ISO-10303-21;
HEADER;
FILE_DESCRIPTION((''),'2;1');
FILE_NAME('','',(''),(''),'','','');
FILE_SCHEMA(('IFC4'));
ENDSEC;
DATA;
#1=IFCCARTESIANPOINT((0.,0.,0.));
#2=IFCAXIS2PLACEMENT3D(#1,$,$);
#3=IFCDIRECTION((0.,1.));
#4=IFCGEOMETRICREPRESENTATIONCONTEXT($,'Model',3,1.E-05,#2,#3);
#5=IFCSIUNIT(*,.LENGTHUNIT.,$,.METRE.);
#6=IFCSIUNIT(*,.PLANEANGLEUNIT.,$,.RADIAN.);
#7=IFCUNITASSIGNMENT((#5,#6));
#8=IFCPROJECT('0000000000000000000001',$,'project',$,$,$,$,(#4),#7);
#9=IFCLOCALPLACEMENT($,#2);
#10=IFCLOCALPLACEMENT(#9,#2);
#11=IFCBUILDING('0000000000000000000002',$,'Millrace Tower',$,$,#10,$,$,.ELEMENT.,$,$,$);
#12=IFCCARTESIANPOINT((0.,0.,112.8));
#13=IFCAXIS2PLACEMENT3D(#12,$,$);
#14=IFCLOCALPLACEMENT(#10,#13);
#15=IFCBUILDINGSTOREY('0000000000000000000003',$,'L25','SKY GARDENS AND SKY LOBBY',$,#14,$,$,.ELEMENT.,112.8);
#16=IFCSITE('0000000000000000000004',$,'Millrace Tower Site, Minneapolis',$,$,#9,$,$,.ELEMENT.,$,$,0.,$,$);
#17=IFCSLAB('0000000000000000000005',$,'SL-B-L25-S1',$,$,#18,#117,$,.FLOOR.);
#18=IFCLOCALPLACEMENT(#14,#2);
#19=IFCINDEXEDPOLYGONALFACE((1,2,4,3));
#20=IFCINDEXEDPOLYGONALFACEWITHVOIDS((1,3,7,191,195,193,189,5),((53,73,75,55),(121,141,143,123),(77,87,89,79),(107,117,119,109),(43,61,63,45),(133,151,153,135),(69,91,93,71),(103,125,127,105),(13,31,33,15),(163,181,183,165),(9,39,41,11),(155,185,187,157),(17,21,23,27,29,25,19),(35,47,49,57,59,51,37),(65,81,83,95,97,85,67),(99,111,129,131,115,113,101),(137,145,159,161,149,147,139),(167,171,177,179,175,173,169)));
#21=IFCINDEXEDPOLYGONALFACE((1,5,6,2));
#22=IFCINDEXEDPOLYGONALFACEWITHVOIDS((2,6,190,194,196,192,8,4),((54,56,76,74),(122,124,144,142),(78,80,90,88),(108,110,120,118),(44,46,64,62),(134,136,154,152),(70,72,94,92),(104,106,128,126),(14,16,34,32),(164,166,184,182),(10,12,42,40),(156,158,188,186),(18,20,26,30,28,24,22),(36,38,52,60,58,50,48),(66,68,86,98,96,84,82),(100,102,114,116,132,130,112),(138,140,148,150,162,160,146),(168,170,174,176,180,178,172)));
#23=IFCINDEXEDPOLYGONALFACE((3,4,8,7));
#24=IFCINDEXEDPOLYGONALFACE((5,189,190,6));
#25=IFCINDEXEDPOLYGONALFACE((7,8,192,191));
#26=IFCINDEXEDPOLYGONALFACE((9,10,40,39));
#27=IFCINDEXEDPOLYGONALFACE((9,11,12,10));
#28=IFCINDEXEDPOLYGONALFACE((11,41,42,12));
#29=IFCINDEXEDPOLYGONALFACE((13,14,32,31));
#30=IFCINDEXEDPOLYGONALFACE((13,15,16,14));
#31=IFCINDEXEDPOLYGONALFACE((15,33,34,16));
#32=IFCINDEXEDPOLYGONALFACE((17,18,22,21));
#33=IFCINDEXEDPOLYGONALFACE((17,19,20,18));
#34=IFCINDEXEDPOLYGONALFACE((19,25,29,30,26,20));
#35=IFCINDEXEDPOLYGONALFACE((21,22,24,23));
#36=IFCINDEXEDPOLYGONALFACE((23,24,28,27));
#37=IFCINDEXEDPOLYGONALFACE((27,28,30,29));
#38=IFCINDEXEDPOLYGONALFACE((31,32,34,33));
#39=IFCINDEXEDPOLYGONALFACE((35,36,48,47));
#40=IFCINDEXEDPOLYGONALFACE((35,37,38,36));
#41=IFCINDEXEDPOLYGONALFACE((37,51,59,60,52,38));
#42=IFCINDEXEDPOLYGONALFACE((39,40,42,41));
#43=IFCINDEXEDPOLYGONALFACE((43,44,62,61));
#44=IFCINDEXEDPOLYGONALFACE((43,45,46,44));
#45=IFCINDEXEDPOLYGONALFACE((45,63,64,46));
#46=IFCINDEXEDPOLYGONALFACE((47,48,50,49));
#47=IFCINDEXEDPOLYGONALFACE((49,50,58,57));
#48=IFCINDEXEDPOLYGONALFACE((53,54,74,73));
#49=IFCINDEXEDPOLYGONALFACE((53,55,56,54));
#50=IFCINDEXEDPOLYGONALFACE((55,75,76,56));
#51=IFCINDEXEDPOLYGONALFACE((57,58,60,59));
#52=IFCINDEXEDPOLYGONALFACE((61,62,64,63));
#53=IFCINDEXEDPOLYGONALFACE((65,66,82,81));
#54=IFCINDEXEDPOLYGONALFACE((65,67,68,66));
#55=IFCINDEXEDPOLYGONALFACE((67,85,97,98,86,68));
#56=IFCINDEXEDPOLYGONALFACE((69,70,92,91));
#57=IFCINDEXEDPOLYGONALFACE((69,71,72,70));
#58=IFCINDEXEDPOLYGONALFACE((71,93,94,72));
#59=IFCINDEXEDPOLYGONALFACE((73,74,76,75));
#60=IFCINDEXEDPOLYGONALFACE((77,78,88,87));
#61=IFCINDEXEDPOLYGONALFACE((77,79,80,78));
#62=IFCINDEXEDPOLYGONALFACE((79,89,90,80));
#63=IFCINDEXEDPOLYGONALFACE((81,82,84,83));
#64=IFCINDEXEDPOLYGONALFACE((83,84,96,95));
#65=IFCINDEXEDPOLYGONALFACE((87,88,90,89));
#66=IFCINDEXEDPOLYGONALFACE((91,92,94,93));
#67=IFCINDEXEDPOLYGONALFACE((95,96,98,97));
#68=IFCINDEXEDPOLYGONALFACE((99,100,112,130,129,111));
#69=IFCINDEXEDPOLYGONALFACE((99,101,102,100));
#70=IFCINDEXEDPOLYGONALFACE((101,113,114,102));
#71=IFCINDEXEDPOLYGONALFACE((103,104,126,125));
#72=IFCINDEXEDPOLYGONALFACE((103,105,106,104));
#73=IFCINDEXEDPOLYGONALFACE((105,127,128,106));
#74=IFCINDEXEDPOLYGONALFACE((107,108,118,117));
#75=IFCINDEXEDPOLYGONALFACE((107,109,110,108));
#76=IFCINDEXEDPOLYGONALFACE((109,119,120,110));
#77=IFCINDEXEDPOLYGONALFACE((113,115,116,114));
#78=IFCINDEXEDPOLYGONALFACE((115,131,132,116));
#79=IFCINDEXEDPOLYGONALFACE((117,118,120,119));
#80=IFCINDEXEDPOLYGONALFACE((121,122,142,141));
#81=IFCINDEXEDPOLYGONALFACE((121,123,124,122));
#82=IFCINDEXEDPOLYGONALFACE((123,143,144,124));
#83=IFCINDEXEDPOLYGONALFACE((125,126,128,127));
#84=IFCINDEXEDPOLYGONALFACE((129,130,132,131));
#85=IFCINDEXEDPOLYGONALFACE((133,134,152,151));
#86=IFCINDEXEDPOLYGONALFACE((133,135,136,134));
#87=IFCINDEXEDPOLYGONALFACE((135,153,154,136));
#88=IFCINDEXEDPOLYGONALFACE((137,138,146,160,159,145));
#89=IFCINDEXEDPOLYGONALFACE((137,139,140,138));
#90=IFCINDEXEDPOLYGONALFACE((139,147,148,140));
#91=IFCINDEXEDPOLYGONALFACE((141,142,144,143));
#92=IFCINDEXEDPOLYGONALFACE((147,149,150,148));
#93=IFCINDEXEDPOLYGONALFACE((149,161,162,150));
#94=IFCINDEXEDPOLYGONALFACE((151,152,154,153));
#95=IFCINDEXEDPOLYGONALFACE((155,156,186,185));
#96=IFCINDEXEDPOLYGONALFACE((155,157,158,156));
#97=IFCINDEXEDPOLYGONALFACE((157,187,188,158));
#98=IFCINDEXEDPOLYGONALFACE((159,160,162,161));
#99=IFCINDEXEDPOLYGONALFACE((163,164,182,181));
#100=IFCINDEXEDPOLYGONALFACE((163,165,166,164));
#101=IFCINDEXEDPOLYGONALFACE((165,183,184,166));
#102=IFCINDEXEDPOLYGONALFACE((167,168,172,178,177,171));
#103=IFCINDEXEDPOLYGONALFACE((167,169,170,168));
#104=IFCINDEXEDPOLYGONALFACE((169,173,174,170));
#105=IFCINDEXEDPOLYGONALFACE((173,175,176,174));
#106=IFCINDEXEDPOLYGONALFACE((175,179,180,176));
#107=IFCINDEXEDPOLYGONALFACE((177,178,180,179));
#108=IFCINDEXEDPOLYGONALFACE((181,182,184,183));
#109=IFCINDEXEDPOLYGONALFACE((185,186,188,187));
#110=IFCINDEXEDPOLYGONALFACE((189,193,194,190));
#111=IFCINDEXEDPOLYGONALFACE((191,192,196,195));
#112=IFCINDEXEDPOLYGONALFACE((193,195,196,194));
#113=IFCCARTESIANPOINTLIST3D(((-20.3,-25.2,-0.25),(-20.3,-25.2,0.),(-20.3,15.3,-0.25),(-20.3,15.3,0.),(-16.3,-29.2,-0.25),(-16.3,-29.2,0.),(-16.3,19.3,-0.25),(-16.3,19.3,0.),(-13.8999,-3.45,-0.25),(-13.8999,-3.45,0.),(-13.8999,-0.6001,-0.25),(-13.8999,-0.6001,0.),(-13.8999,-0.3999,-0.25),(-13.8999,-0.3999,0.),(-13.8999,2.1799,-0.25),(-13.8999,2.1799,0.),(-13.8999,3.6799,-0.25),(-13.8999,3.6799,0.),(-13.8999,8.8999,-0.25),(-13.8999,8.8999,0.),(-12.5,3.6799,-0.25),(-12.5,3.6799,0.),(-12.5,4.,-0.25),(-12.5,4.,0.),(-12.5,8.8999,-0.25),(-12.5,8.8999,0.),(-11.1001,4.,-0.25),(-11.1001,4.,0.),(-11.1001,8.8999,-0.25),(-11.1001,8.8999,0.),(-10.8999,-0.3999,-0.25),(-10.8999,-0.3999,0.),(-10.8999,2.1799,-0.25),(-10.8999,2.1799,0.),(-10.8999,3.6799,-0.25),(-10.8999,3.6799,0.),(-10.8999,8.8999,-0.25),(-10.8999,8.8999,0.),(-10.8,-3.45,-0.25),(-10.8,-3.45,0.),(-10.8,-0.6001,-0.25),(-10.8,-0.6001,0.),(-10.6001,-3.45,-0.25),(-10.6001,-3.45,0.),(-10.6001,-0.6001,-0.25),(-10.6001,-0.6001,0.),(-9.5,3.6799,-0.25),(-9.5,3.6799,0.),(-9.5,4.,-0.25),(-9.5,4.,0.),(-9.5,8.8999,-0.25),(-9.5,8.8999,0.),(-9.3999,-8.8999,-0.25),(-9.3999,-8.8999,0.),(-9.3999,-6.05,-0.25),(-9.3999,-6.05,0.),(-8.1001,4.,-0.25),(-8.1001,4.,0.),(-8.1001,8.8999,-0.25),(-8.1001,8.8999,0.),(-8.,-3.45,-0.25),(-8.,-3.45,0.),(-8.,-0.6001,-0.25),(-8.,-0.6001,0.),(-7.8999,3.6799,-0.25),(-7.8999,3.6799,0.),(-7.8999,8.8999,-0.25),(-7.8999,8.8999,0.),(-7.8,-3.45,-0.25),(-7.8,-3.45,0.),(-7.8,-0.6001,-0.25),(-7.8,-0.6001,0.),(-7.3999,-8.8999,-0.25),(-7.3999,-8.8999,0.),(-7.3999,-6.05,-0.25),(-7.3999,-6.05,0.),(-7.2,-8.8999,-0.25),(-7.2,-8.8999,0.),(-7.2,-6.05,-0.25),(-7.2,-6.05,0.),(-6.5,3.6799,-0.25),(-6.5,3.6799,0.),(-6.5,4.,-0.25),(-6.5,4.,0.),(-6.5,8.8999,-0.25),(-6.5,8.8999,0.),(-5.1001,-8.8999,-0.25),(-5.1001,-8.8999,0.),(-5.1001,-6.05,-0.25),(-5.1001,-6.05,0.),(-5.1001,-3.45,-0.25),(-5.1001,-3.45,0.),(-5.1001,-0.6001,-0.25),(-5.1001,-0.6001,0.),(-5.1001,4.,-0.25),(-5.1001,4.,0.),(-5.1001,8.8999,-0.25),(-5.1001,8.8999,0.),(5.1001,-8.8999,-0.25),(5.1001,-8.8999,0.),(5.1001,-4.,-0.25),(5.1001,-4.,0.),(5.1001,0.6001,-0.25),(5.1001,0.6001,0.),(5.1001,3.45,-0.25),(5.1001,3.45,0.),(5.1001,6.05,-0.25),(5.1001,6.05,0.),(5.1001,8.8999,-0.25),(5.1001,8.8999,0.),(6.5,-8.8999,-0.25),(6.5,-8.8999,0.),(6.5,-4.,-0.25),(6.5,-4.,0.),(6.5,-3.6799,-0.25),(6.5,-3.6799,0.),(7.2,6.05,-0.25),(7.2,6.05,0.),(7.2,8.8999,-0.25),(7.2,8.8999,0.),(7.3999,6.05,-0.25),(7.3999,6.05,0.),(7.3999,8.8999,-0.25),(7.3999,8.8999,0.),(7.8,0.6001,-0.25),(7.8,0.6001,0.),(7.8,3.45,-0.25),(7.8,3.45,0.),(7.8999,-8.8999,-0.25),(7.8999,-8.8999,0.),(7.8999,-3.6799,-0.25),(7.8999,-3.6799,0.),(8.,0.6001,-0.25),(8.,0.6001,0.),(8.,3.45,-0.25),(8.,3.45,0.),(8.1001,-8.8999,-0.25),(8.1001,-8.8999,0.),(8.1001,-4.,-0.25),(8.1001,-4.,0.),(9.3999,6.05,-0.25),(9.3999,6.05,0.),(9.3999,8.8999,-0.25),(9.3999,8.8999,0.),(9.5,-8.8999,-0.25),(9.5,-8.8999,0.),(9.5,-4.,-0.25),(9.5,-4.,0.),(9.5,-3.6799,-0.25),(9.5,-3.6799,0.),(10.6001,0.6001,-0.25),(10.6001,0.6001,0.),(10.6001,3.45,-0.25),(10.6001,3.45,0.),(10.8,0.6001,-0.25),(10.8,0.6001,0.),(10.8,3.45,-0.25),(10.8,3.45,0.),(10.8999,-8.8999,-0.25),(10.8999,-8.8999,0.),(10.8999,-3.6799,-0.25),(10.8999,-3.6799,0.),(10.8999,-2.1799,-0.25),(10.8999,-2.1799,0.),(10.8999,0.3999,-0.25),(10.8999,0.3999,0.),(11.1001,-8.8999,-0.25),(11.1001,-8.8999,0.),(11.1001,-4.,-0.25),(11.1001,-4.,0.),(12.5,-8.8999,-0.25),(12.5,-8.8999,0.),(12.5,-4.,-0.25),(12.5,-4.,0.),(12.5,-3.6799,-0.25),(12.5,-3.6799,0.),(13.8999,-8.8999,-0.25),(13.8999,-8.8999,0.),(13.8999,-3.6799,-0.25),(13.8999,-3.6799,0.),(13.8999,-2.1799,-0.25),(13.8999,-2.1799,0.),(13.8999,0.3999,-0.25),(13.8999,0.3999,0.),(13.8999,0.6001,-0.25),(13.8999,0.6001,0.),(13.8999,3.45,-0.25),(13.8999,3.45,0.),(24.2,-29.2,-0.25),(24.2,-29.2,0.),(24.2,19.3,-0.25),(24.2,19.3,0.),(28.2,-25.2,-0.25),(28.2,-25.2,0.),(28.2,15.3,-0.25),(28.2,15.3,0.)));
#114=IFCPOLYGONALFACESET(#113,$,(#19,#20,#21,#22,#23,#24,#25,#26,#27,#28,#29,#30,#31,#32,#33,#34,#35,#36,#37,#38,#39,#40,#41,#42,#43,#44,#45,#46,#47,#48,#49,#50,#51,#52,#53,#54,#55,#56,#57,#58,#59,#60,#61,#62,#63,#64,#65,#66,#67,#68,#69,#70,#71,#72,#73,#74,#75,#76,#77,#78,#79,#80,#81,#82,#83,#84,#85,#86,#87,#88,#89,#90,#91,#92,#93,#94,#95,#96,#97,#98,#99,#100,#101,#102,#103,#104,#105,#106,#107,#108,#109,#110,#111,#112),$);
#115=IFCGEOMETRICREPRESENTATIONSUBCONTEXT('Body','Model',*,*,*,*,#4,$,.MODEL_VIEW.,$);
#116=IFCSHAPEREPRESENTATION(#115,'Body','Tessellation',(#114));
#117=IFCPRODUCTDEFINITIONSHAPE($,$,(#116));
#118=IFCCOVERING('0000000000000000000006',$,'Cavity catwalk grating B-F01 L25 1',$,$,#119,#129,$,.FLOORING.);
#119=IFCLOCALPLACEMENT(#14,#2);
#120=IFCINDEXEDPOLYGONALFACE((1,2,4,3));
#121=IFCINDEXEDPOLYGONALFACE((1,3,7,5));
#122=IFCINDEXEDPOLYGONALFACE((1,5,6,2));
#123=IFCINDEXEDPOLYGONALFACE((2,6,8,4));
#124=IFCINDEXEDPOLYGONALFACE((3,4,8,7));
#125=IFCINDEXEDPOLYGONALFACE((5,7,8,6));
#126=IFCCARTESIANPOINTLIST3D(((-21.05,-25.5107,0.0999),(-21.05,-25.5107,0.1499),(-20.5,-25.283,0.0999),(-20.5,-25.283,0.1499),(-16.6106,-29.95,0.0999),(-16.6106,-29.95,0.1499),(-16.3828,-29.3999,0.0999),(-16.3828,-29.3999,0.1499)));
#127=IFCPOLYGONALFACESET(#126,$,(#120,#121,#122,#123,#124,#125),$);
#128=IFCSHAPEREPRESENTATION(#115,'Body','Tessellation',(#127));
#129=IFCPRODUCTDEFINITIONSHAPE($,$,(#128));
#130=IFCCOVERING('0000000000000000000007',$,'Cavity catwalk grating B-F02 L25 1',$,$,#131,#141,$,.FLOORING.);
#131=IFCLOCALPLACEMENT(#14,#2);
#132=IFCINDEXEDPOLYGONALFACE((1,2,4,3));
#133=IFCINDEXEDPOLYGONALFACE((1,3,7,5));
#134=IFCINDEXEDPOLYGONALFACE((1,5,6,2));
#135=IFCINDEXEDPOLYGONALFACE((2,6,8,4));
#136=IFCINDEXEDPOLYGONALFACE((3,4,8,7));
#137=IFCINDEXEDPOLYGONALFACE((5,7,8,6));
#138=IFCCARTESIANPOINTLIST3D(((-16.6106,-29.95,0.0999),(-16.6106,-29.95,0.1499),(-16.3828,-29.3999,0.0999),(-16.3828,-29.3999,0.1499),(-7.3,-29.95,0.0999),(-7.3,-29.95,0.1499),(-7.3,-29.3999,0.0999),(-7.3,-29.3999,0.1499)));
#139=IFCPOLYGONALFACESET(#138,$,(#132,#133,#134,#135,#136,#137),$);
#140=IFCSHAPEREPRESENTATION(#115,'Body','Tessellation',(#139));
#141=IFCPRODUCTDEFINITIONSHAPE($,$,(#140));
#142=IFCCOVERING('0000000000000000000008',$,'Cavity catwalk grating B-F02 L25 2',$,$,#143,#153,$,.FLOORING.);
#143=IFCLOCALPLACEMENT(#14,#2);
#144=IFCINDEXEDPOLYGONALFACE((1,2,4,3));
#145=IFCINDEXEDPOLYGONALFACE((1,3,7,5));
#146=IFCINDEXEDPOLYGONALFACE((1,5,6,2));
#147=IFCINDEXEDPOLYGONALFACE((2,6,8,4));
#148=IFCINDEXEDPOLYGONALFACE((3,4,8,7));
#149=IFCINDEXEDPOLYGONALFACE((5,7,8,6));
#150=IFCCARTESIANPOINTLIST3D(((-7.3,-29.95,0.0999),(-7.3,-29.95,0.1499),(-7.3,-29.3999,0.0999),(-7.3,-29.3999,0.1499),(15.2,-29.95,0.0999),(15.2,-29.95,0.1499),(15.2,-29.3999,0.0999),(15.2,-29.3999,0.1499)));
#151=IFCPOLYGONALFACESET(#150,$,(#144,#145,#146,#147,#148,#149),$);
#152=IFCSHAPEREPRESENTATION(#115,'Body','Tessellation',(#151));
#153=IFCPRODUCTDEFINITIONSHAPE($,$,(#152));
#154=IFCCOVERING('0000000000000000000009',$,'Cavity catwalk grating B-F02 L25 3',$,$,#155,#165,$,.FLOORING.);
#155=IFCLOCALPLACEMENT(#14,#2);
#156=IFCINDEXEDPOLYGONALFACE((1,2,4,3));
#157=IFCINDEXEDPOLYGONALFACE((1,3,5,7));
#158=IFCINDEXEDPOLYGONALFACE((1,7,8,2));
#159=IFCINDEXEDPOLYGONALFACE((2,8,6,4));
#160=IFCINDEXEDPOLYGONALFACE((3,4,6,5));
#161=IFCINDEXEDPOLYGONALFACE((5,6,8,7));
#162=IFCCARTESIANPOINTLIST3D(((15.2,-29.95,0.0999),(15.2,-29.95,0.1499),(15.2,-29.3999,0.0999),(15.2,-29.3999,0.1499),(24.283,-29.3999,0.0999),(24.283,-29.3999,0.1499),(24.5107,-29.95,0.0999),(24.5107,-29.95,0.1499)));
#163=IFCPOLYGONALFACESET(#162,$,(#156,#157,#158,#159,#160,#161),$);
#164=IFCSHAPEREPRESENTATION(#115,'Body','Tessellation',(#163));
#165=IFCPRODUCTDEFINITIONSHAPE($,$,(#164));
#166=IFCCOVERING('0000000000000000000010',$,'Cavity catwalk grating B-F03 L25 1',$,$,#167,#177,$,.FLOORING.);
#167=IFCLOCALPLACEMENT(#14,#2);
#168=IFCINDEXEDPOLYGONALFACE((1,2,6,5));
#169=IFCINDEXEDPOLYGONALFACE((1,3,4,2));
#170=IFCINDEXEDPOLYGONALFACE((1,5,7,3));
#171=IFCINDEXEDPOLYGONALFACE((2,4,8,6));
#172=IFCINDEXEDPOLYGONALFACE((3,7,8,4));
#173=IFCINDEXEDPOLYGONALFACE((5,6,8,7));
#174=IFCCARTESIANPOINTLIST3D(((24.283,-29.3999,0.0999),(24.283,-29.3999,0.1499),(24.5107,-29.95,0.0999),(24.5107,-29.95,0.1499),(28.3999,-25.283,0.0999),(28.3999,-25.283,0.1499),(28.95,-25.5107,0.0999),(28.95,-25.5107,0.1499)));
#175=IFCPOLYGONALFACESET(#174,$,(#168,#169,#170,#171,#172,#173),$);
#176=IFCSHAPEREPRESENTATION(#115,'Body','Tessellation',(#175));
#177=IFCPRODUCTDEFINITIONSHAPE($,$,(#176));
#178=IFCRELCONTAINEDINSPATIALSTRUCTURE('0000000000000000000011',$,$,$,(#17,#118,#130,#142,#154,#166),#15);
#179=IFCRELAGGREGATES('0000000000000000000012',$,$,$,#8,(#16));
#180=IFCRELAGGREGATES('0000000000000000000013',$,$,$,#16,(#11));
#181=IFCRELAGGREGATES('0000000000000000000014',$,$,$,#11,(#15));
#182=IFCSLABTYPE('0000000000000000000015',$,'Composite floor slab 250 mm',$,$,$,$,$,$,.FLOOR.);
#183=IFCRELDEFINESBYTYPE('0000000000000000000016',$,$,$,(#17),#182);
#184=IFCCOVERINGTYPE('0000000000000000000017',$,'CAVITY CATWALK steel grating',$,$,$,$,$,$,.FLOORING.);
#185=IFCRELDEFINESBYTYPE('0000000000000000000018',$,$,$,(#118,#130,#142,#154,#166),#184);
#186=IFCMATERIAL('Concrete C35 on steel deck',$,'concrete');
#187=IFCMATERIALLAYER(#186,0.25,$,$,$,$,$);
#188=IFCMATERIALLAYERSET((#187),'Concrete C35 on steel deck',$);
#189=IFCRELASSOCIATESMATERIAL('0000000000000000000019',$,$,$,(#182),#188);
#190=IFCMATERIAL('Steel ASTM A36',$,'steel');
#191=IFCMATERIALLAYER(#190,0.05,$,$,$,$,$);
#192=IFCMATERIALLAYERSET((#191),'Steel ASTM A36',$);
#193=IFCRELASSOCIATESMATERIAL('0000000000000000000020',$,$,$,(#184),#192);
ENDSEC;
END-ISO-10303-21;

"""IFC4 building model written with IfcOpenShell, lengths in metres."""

from ifc_helpers import new_model, si_unit, direction, frame, origin, place, context, subcontext, project, spatial, polyline, outline, extrude, material, layer, layer_set, type_object, element, save


model = new_model("IFC4")

# Units and contexts
model_context = context("Model", 3, precision=1e-05, world=origin(), true_north=direction((0.0, 1.0)))
body_context = subcontext(model_context, "Body", "Model", "MODEL_VIEW")
ifc_project = project(units=[si_unit("LENGTHUNIT", "METRE"), si_unit("PLANEANGLEUNIT", "RADIAN")], contexts=[model_context])

# Site, building, storey
site_placement = place(None, origin())
site = spatial("IfcSite", under=ifc_project, at=site_placement, Name="Millrace Tower Site, Minneapolis", CompositionType="ELEMENT", RefElevation=0.0)
building_placement = place(site_placement, origin())
building = spatial("IfcBuilding", under=site, at=building_placement, Name="Millrace Tower", CompositionType="ELEMENT")
storey_placement = place(building_placement, frame((0.0, 0.0, 112.8)))
storey = spatial("IfcBuildingStorey", under=building, at=storey_placement, Name="L25", Description="SKY GARDENS AND SKY LOBBY", CompositionType="ELEMENT", Elevation=112.8)

# Slab
ifc_material_1 = material(Name="Concrete C35 on steel deck", Category="concrete")
ifc_layer_1 = layer(ifc_material_1, 0.25)
ifc_layer_set_1 = layer_set([ifc_layer_1], Name="Concrete C35 on steel deck")
slab_type = type_object("IfcSlabType", Name="Composite floor slab 250 mm", PredefinedType="FLOOR", material=ifc_layer_set_1)
slab_placement = place(storey_placement, frame((0.0, 0.0, -0.25)))
element("IfcSlab", 1, at=slab_placement, inside=storey, type_object=slab_type, Name="SL-B-L25-S1", PredefinedType="FLOOR", context=body_context, shape_type="SweptSolid", body=[
    extrude(outline(polyline([(-20.3, -25.2), (-16.3, -29.2), (24.2, -29.2), (28.2, -25.2), (28.2, 15.3), (24.2, 19.3), (-16.3, 19.3), (-20.3, 15.3), (-20.3, -25.2)]), holes=[polyline([(-9.3999, -8.8999), (-7.3999, -8.8999), (-7.3999, -6.05), (-9.3999, -6.05), (-9.3999, -8.8999)]), polyline([(-7.2, -8.8999), (-5.1001, -8.8999), (-5.1001, -6.05), (-7.2, -6.05), (-7.2, -8.8999)]), polyline([(-13.8999, -3.45), (-10.8, -3.45), (-10.8, -0.6001), (-13.8999, -0.6001), (-13.8999, -3.45)]), polyline([(-10.6001, -3.45), (-8.0, -3.45), (-8.0, -0.6001), (-10.6001, -0.6001), (-10.6001, -3.45)]), polyline([(-7.8, -3.45), (-5.1001, -3.45), (-5.1001, -0.6001), (-7.8, -0.6001), (-7.8, -3.45)]), polyline([(-13.8999, -0.3999), (-10.8999, -0.3999), (-10.8999, 2.1799), (-13.8999, 2.1799), (-13.8999, -0.3999)]), polyline([(-12.5, 3.6799), (-12.5, 4.0), (-11.1001, 4.0), (-11.1001, 8.8999), (-12.5, 8.8999), (-13.8999, 8.8999), (-13.8999, 3.6799), (-12.5, 3.6799)]), polyline([(-9.5, 3.6799), (-9.5, 4.0), (-8.1001, 4.0), (-8.1001, 8.8999), (-9.5, 8.8999), (-10.8999, 8.8999), (-10.8999, 3.6799), (-9.5, 3.6799)]), polyline([(-6.5, 3.6799), (-6.5, 4.0), (-5.1001, 4.0), (-5.1001, 8.8999), (-6.5, 8.8999), (-7.8999, 8.8999), (-7.8999, 3.6799), (-6.5, 3.6799)]), polyline([(7.3999, 6.05), (9.3999, 6.05), (9.3999, 8.8999), (7.3999, 8.8999), (7.3999, 6.05)]), polyline([(5.1001, 6.05), (7.2, 6.05), (7.2, 8.8999), (5.1001, 8.8999), (5.1001, 6.05)]), polyline([(10.8, 0.6001), (13.8999, 0.6001), (13.8999, 3.45), (10.8, 3.45), (10.8, 0.6001)]), polyline([(8.0, 0.6001), (10.6001, 0.6001), (10.6001, 3.45), (8.0, 3.45), (8.0, 0.6001)]), polyline([(5.1001, 0.6001), (7.8, 0.6001), (7.8, 3.45), (5.1001, 3.45), (5.1001, 0.6001)]), polyline([(10.8999, -2.1799), (13.8999, -2.1799), (13.8999, 0.3999), (10.8999, 0.3999), (10.8999, -2.1799)]), polyline([(11.1001, -8.8999), (12.5, -8.8999), (13.8999, -8.8999), (13.8999, -3.6799), (12.5, -3.6799), (12.5, -4.0), (11.1001, -4.0), (11.1001, -8.8999)]), polyline([(8.1001, -8.8999), (9.5, -8.8999), (10.8999, -8.8999), (10.8999, -3.6799), (9.5, -3.6799), (9.5, -4.0), (8.1001, -4.0), (8.1001, -8.8999)]), polyline([(5.1001, -8.8999), (6.5, -8.8999), (7.8999, -8.8999), (7.8999, -3.6799), (6.5, -3.6799), (6.5, -4.0), (5.1001, -4.0), (5.1001, -8.8999)])]), origin(), (0.0, 0.0, 1.0), 0.25),
])

# Coverings
ifc_material_2 = material(Name="Steel ASTM A36", Category="steel")
ifc_layer_2 = layer(ifc_material_2, 0.05)
ifc_layer_set_2 = layer_set([ifc_layer_2], Name="Steel ASTM A36")
covering_type = type_object("IfcCoveringType", Name="CAVITY CATWALK steel grating", PredefinedType="FLOORING", material=ifc_layer_set_2)
placement_1 = place(storey_placement, frame((0.0, 0.0, 0.0999)))
element("IfcCovering", 2, at=placement_1, inside=storey, type_object=covering_type, Name="Cavity catwalk grating B-F01 L25 1", PredefinedType="FLOORING", context=body_context, shape_type="SweptSolid", body=[
    extrude(outline(polyline([(-21.05, -25.5107), (-16.6106, -29.95), (-16.3828, -29.3999), (-20.5, -25.283), (-21.05, -25.5107)])), origin(), (0.0, 0.0, 1.0), 0.05),
])
element("IfcCovering", 3, at=placement_1, inside=storey, type_object=covering_type, Name="Cavity catwalk grating B-F02 L25 1", PredefinedType="FLOORING", context=body_context, shape_type="SweptSolid", body=[
    extrude(outline(polyline([(-16.6106, -29.95), (-7.3, -29.95), (-7.3, -29.3999), (-16.3828, -29.3999), (-16.6106, -29.95)])), origin(), (0.0, 0.0, 1.0), 0.05),
])
element("IfcCovering", 4, at=placement_1, inside=storey, type_object=covering_type, Name="Cavity catwalk grating B-F02 L25 2", PredefinedType="FLOORING", context=body_context, shape_type="SweptSolid", body=[
    extrude(outline(polyline([(-7.3, -29.95), (15.2, -29.95), (15.2, -29.3999), (-7.3, -29.3999), (-7.3, -29.95)])), origin(), (0.0, 0.0, 1.0), 0.05),
])
element("IfcCovering", 5, at=placement_1, inside=storey, type_object=covering_type, Name="Cavity catwalk grating B-F02 L25 3", PredefinedType="FLOORING", context=body_context, shape_type="SweptSolid", body=[
    extrude(outline(polyline([(15.2, -29.95), (24.5107, -29.95), (24.283, -29.3999), (15.2, -29.3999), (15.2, -29.95)])), origin(), (0.0, 0.0, 1.0), 0.05),
])
element("IfcCovering", 6, at=placement_1, inside=storey, type_object=covering_type, Name="Cavity catwalk grating B-F03 L25 1", PredefinedType="FLOORING", context=body_context, shape_type="SweptSolid", body=[
    extrude(outline(polyline([(24.5107, -29.95), (28.95, -25.5107), (28.3999, -25.283), (24.283, -29.3999), (24.5107, -29.95)])), origin(), (0.0, 0.0, 1.0), 0.05),
])

save(model, "model.ifc")
